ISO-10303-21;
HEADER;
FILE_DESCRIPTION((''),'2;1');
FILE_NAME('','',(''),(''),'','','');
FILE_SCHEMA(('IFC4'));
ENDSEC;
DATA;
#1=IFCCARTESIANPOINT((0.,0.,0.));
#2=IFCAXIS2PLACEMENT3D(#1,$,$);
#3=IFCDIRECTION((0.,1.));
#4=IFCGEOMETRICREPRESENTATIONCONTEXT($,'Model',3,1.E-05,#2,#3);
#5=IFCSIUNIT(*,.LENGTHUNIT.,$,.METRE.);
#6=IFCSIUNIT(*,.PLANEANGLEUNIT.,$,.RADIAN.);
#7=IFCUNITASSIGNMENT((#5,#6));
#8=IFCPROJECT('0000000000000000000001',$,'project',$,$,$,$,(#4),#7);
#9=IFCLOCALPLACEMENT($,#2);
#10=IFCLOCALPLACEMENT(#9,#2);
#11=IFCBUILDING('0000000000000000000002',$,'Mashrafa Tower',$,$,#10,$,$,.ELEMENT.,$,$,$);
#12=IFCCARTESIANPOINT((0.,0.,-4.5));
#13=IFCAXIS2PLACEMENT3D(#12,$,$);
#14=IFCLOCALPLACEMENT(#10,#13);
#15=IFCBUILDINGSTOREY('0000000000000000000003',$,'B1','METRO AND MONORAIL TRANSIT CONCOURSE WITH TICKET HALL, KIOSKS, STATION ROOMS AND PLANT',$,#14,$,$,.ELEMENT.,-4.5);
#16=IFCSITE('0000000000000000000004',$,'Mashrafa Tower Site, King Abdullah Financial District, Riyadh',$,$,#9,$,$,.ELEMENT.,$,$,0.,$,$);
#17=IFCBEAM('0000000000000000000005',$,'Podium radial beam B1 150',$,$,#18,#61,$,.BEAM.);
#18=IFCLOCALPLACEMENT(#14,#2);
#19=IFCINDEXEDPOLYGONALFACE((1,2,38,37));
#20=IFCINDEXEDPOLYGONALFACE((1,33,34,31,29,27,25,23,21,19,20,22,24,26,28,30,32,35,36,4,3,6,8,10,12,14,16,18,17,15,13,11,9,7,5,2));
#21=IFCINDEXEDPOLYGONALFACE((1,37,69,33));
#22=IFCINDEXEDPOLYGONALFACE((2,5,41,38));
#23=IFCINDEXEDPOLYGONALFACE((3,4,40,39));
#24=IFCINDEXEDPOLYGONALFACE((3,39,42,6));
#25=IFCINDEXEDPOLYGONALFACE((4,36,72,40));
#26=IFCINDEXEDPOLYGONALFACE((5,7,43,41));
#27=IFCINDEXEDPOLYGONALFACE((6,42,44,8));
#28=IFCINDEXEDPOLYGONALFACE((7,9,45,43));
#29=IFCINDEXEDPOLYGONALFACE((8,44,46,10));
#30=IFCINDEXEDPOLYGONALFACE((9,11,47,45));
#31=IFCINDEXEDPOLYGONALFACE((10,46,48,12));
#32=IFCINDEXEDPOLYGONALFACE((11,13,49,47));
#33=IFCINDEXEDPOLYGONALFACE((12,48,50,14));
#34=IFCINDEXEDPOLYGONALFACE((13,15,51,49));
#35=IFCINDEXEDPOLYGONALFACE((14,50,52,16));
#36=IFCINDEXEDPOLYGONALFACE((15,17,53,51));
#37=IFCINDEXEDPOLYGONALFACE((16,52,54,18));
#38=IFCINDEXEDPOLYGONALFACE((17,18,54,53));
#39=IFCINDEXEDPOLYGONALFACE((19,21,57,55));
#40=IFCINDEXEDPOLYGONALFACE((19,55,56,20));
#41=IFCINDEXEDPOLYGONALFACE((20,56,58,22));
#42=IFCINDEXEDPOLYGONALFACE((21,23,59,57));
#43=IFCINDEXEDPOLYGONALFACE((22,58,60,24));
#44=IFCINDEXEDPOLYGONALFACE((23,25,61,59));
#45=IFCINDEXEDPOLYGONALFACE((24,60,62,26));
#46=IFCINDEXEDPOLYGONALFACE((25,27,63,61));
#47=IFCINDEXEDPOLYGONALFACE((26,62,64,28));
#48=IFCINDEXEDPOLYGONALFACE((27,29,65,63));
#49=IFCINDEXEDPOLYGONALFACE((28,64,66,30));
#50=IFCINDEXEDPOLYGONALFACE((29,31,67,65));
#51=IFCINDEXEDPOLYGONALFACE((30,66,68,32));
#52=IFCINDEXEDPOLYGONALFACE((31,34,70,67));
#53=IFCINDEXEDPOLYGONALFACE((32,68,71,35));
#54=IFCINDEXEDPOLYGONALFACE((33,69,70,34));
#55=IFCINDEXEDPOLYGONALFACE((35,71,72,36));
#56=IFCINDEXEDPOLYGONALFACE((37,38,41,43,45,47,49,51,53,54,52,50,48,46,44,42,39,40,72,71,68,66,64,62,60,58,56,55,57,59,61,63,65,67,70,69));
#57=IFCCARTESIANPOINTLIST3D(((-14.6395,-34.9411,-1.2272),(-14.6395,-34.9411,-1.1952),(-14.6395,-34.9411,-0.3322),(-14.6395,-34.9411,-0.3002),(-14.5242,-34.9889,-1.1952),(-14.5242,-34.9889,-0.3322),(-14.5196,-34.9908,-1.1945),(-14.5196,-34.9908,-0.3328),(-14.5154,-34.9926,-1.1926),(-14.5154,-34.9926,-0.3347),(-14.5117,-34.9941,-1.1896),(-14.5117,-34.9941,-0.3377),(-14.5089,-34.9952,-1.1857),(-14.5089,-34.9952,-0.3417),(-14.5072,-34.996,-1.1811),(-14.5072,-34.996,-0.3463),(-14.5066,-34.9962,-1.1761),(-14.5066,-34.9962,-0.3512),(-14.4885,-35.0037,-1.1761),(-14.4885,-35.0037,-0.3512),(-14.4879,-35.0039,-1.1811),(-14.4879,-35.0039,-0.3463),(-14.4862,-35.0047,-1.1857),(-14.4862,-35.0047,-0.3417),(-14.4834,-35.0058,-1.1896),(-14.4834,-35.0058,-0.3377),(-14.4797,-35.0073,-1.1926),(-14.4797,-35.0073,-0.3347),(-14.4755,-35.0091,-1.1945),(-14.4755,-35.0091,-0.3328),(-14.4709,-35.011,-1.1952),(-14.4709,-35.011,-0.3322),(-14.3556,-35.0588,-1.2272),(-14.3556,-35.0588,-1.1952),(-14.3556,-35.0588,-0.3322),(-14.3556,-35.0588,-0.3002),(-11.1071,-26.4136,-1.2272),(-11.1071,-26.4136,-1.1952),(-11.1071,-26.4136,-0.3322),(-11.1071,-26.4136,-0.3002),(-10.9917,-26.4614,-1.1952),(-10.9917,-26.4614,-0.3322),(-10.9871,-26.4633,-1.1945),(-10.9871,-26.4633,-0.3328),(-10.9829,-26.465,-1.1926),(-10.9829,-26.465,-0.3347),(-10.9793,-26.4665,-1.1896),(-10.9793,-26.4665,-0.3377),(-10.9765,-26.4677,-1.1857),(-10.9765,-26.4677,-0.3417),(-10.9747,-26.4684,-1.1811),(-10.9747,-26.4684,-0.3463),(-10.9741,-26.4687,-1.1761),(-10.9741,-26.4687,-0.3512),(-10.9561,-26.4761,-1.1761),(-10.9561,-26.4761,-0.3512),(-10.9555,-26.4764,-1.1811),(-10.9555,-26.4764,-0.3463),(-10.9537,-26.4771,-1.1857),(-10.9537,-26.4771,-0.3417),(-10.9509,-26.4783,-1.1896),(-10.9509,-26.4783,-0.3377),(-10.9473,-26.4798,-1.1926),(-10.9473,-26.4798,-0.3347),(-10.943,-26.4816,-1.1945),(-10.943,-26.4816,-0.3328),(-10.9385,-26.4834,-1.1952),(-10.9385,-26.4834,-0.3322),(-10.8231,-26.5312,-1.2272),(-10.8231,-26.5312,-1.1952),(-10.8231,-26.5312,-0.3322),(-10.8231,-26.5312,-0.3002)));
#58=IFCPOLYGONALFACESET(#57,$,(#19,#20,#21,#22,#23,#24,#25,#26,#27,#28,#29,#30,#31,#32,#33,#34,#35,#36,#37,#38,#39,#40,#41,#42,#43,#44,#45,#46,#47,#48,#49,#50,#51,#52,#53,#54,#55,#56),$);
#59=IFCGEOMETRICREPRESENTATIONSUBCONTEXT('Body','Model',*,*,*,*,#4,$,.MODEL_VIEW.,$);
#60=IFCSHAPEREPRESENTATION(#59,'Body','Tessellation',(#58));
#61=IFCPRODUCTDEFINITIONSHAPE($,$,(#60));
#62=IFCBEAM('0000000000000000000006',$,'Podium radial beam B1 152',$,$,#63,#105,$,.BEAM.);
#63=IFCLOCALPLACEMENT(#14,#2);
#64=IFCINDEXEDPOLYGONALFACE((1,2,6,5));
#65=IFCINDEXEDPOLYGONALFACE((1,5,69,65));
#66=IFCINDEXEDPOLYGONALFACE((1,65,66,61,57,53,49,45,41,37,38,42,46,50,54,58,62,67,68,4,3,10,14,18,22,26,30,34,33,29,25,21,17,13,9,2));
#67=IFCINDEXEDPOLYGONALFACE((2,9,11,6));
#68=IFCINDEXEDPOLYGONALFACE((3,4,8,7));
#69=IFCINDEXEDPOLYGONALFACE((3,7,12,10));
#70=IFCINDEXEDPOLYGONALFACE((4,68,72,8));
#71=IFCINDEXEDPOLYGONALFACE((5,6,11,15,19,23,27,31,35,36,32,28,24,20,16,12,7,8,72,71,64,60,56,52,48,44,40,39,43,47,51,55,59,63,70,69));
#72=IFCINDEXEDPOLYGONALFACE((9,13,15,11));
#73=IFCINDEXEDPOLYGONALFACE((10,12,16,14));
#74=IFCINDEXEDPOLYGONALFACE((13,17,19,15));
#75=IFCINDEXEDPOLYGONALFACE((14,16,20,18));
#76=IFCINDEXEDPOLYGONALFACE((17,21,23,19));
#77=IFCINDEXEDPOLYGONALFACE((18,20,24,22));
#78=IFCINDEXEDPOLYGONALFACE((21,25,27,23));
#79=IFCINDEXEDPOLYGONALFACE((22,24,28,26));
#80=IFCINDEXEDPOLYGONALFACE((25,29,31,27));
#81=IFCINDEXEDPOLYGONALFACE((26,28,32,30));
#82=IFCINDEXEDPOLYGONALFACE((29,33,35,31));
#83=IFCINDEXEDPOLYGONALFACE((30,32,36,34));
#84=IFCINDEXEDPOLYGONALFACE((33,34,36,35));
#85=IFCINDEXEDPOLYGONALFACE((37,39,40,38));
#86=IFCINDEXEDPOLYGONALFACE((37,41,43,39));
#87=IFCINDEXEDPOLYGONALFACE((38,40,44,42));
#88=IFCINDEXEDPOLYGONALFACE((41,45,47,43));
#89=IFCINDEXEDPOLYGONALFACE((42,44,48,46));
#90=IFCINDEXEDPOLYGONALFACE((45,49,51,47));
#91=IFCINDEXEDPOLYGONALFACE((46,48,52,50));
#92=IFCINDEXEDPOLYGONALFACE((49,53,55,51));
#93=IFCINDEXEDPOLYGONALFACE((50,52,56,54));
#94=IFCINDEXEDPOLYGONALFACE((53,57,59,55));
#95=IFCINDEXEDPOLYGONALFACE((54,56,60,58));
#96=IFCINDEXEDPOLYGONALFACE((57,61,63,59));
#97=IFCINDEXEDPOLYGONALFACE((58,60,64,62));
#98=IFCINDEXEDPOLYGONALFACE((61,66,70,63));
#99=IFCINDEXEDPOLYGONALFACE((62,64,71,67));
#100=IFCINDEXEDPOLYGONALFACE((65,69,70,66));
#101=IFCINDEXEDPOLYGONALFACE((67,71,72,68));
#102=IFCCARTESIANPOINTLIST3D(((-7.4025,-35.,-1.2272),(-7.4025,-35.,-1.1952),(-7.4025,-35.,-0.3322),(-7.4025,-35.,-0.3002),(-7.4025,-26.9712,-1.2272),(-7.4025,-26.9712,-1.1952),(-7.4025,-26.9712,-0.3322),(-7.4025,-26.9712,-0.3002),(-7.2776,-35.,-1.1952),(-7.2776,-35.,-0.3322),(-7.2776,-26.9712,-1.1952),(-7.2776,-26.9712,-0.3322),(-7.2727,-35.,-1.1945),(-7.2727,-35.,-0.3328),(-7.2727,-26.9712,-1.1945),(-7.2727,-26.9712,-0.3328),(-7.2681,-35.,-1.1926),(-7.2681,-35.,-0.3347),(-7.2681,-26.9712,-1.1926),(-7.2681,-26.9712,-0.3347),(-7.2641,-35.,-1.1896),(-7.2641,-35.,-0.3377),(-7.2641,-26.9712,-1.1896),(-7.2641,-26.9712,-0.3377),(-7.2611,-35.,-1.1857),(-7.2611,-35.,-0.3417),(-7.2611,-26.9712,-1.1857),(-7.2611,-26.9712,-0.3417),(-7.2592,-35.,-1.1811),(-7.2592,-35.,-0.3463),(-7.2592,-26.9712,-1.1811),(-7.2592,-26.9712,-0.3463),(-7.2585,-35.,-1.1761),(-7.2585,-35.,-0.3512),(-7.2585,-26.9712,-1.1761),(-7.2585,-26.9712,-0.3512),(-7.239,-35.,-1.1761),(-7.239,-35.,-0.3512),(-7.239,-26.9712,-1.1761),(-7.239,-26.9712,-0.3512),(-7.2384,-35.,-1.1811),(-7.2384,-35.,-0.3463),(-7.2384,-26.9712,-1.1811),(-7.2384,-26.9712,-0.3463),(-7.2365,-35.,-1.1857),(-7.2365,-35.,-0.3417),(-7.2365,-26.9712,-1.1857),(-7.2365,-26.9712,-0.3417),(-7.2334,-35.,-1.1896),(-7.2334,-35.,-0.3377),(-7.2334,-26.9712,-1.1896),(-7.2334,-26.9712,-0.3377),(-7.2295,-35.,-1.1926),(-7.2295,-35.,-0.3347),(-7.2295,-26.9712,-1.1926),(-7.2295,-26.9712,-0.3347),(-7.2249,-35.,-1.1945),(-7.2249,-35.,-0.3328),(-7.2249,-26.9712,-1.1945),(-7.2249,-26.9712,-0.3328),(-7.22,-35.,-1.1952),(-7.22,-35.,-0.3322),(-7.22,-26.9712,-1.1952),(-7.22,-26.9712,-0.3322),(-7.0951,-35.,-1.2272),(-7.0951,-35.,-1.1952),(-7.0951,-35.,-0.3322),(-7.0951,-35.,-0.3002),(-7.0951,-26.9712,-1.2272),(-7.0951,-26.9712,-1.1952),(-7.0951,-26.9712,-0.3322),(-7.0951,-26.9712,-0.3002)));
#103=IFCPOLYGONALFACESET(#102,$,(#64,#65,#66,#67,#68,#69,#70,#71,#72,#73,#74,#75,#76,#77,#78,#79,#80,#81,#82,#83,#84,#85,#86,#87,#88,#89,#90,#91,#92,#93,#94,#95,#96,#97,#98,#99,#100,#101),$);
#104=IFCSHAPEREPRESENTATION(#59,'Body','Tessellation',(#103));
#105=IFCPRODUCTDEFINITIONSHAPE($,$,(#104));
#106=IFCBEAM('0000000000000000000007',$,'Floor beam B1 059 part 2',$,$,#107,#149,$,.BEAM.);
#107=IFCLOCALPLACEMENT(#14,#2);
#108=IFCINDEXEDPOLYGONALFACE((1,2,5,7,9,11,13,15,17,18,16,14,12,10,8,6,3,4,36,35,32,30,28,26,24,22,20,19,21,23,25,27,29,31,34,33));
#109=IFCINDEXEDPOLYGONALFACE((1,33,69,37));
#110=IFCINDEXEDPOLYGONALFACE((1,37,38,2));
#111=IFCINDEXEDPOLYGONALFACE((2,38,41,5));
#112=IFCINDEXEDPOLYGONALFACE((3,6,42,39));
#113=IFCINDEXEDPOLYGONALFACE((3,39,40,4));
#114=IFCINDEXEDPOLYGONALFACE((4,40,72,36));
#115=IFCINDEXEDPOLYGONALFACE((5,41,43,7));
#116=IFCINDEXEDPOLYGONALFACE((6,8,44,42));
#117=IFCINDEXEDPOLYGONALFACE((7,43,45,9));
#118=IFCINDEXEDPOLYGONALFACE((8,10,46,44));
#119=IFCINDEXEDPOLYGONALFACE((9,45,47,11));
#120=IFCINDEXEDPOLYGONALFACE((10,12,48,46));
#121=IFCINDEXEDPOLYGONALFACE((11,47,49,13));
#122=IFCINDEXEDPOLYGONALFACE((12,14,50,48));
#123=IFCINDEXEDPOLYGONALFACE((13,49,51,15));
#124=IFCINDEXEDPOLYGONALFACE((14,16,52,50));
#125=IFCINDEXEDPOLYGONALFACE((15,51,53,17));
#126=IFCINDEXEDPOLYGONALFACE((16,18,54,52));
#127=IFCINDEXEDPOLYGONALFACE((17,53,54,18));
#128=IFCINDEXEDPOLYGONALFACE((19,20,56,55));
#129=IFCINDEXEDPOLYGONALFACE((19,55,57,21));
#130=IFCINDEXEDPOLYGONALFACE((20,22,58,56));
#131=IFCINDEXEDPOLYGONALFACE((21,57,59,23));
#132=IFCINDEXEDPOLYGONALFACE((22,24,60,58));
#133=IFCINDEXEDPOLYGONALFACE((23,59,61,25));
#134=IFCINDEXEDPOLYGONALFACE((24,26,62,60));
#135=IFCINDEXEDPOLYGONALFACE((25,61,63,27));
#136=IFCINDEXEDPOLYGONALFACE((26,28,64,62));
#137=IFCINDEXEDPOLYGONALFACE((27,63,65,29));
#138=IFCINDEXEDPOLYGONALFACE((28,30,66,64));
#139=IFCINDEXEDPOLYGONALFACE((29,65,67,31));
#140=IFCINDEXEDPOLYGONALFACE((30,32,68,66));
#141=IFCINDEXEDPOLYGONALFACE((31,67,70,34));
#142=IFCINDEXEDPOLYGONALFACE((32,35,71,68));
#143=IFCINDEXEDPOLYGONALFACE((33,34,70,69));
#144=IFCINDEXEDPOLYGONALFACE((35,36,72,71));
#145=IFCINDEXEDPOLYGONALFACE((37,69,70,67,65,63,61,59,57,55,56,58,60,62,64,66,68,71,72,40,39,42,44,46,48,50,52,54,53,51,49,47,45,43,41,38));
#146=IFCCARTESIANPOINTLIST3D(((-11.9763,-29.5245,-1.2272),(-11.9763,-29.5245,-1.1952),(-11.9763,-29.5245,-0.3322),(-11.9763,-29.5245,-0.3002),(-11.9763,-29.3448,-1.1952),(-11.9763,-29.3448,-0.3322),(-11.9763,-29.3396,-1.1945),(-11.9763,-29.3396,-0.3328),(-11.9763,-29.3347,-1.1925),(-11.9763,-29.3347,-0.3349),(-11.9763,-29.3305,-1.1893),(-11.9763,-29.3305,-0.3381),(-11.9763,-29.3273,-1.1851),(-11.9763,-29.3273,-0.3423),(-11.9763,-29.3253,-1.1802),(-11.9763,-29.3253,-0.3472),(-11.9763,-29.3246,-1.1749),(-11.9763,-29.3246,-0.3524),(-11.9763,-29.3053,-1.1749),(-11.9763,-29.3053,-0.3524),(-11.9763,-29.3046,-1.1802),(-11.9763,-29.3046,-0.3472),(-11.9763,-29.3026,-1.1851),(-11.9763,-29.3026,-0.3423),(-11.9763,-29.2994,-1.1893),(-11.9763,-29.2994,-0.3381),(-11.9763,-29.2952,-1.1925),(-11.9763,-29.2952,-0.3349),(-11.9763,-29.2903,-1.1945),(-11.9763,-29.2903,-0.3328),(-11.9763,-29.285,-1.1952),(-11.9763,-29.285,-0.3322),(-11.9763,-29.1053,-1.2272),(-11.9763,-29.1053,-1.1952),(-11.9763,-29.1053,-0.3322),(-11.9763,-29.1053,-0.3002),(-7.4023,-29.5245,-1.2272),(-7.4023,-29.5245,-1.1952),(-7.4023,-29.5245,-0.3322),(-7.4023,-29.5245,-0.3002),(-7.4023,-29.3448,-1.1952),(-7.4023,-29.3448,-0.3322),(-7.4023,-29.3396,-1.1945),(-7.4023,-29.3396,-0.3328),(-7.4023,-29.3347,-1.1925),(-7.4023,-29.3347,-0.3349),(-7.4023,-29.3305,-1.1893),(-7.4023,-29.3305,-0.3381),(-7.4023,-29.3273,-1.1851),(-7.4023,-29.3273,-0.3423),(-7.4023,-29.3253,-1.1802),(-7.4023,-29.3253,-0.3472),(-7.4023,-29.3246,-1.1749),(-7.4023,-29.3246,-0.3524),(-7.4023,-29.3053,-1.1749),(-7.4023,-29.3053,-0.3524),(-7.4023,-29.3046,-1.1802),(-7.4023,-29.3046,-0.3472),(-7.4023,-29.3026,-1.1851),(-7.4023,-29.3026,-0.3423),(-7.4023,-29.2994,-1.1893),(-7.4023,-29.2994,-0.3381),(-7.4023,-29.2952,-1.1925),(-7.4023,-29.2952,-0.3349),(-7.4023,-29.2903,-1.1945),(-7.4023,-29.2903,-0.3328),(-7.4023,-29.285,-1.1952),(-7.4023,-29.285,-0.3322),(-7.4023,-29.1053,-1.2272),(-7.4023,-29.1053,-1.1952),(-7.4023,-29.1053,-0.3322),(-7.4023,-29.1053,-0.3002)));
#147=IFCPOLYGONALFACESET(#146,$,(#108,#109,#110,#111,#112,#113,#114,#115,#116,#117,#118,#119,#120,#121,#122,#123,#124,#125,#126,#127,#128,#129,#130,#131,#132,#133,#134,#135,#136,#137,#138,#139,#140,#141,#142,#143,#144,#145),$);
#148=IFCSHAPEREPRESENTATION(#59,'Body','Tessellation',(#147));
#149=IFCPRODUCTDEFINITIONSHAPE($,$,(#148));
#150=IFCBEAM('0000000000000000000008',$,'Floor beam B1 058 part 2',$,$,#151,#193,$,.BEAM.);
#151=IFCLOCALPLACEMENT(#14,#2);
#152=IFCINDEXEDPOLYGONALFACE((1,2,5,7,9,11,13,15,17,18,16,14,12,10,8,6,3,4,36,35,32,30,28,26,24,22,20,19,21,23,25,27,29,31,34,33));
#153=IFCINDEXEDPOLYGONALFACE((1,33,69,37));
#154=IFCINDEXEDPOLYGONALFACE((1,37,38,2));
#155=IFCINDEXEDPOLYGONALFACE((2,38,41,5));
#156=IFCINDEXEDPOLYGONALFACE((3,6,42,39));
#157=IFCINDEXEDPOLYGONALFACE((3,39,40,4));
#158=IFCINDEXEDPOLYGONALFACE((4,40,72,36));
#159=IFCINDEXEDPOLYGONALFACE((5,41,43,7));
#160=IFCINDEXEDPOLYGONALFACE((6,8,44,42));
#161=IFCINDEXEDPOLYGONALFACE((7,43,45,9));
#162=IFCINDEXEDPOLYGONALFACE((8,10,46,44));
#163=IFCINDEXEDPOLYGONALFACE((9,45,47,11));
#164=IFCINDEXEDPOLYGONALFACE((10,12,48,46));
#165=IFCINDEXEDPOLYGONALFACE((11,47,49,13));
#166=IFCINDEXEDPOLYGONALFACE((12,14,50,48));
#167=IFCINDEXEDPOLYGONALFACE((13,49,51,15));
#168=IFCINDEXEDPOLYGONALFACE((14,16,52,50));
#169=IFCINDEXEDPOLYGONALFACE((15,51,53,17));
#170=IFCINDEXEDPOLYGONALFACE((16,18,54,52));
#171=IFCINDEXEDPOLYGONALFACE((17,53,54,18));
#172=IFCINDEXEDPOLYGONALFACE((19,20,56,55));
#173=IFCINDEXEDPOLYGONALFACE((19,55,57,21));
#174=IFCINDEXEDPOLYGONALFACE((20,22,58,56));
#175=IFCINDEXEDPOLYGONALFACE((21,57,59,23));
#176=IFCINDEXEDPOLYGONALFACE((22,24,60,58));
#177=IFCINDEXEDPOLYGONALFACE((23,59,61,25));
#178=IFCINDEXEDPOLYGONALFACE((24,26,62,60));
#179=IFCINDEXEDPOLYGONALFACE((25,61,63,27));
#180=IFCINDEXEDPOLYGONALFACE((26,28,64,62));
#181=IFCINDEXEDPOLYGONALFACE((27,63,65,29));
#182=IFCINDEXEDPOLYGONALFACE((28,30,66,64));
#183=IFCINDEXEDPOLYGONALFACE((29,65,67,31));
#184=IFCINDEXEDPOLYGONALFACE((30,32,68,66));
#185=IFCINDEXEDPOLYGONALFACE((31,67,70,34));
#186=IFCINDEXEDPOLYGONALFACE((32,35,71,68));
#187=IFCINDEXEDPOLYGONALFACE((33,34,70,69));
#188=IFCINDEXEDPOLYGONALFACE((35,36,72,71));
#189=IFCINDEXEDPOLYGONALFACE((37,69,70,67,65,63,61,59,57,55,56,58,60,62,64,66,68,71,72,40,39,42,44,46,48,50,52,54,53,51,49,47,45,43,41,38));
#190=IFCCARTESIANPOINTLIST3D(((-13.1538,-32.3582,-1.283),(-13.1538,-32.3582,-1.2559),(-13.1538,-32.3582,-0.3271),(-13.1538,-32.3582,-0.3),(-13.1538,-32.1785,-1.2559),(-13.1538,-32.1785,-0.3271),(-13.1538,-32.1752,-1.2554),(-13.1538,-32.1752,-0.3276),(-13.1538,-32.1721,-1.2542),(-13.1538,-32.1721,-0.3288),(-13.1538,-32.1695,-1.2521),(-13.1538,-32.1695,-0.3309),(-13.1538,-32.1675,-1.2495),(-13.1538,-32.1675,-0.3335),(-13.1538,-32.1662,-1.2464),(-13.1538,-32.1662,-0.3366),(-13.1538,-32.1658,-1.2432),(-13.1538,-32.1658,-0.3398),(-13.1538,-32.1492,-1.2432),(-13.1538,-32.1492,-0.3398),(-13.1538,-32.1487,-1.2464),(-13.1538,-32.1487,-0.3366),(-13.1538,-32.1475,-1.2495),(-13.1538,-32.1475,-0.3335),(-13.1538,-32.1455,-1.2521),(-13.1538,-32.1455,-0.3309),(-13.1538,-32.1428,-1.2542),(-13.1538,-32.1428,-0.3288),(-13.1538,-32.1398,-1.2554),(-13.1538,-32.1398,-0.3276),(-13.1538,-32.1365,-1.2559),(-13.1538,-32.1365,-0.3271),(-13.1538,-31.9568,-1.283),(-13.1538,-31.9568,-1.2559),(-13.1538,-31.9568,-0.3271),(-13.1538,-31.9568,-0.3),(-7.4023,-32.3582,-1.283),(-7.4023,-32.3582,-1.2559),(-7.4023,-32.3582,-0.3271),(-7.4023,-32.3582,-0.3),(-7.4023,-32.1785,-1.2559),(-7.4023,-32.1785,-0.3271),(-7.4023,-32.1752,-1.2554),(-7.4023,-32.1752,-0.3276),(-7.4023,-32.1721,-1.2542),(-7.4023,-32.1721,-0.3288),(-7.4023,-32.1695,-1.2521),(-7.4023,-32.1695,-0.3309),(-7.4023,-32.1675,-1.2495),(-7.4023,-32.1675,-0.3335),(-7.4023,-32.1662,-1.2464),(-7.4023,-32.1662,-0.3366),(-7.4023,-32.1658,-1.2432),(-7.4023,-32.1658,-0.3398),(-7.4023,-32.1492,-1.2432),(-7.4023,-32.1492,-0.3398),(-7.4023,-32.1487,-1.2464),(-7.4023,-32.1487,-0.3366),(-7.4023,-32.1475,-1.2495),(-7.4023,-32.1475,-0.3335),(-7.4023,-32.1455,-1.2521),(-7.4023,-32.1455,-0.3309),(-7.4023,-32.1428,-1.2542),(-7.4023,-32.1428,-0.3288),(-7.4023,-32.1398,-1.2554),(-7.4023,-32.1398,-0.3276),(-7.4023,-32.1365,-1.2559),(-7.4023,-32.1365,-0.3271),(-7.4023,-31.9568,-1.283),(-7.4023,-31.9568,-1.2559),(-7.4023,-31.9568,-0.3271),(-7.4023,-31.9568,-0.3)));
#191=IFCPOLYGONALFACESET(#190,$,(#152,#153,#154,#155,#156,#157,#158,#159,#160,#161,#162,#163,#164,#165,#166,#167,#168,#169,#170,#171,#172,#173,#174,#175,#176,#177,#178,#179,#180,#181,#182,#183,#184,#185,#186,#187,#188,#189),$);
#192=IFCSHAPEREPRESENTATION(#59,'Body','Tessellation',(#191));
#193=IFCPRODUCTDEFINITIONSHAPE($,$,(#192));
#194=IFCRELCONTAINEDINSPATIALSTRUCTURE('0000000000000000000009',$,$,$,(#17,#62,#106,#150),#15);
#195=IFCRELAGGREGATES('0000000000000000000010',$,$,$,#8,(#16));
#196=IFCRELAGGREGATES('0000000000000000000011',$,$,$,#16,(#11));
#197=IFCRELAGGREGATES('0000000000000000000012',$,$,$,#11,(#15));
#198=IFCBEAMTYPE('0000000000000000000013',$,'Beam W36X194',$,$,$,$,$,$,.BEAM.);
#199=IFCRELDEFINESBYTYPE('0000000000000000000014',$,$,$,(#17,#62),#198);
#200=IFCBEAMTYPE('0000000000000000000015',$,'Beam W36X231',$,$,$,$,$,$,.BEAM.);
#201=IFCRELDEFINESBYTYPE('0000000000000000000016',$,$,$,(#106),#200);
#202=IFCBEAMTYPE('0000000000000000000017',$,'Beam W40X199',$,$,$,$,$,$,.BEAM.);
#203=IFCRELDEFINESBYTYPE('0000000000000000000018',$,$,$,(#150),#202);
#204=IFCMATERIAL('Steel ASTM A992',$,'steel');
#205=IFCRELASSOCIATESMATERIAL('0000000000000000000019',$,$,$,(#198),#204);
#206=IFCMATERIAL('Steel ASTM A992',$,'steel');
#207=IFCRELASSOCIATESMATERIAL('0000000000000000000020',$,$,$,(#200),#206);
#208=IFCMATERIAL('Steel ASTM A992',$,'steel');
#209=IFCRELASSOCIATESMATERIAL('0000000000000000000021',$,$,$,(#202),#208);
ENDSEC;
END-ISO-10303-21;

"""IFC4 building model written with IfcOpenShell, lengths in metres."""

from ifc_helpers import new_model, si_unit, direction, frame, origin, origin_2d, place, context, subcontext, project, spatial, i_section, extrude, material, material_profile, profile_set, type_object, element, save


model = new_model("IFC4")

# Units and contexts
model_context = context("Model", 3, precision=1e-05, world=origin(), true_north=direction((0.0, 1.0)))
body_context = subcontext(model_context, "Body", "Model", "MODEL_VIEW")
ifc_project = project(units=[si_unit("LENGTHUNIT", "METRE"), si_unit("PLANEANGLEUNIT", "RADIAN")], contexts=[model_context])

# Site, building, storey
site_placement = place(None, origin())
site = spatial("IfcSite", under=ifc_project, at=site_placement, Name="Mashrafa Tower Site, King Abdullah Financial District, Riyadh", CompositionType="ELEMENT", RefElevation=0.0)
building_placement = place(site_placement, origin())
building = spatial("IfcBuilding", under=site, at=building_placement, Name="Mashrafa Tower", CompositionType="ELEMENT")
storey_placement = place(building_placement, frame((0.0, 0.0, -4.5)))
storey = spatial("IfcBuildingStorey", under=building, at=storey_placement, Name="B1", Description="METRO AND MONORAIL TRANSIT CONCOURSE WITH TICKET HALL, KIOSKS, STATION ROOMS AND PLANT", CompositionType="ELEMENT", Elevation=-4.5)

# Beams
ifc_material_1 = material(Name="Steel ASTM A992", Category="steel")
ifc_material_profile_1 = material_profile(ifc_material_1, i_section(OverallWidth=0.3074, OverallDepth=0.927, WebThickness=0.0195, FlangeThickness=0.032, FilletRadius=0.019, at=origin_2d()), Name="W36X194")
ifc_profile_set_1 = profile_set([ifc_material_profile_1], Name="Steel ASTM A992")
beam_type_1 = type_object("IfcBeamType", Name="Beam W36X194", PredefinedType="BEAM", material=ifc_profile_set_1)
beam_1_placement = place(storey_placement, frame((-10.9651, -26.4724, -0.7637), z_axis=(-0.382705, -0.923871, 0.0), x_axis=(0.923871, -0.382705, 0.0)))
element("IfcBeam", 1, at=beam_1_placement, inside=storey, type_object=beam_type_1, Name="Podium radial beam B1 150", PredefinedType="BEAM", context=body_context, shape_type="SweptSolid", body=[
    extrude(i_section(OverallWidth=0.3074, OverallDepth=0.927, WebThickness=0.0195, FlangeThickness=0.032, FilletRadius=0.019, at=origin_2d()), origin(), (0.0, 0.0, 1.0), 9.2302),
])
beam_2_placement = place(storey_placement, frame((-7.2488, -26.9712, -0.7637), z_axis=(0.0, -1.0, 0.0), x_axis=(1.0, 0.0, 0.0)))
element("IfcBeam", 2, at=beam_2_placement, inside=storey, type_object=beam_type_1, Name="Podium radial beam B1 152", PredefinedType="BEAM", context=body_context, shape_type="SweptSolid", body=[
    extrude(i_section(OverallWidth=0.3074, OverallDepth=0.927, WebThickness=0.0195, FlangeThickness=0.032, FilletRadius=0.019, at=origin_2d()), origin(), (0.0, 0.0, 1.0), 8.0288),
])
ifc_material_2 = material(Name="Steel ASTM A992", Category="steel")
ifc_material_profile_2 = material_profile(ifc_material_2, i_section(OverallWidth=0.4192, OverallDepth=0.927, WebThickness=0.0193, FlangeThickness=0.032, FilletRadius=0.0203, at=origin_2d()), Name="W36X231")
ifc_profile_set_2 = profile_set([ifc_material_profile_2], Name="Steel ASTM A992")
beam_type_2 = type_object("IfcBeamType", Name="Beam W36X231", PredefinedType="BEAM", material=ifc_profile_set_2)
beam_3_placement = place(storey_placement, frame((-7.4023, -29.3149, -0.7637), z_axis=(-1.0, 0.0, 0.0), x_axis=(0.0, -1.0, 0.0)))
element("IfcBeam", 3, at=beam_3_placement, inside=storey, type_object=beam_type_2, Name="Floor beam B1 059 part 2", PredefinedType="BEAM", context=body_context, shape_type="SweptSolid", body=[
    extrude(i_section(OverallWidth=0.4192, OverallDepth=0.927, WebThickness=0.0193, FlangeThickness=0.032, FilletRadius=0.0203, at=origin_2d()), origin(), (0.0, 0.0, 1.0), 4.574),
])
ifc_material_3 = material(Name="Steel ASTM A992", Category="steel")
ifc_material_profile_3 = material_profile(ifc_material_3, i_section(OverallWidth=0.4014, OverallDepth=0.9829, WebThickness=0.0166, FlangeThickness=0.0271, FilletRadius=0.0127, at=origin_2d()), Name="W40X199")
ifc_profile_set_3 = profile_set([ifc_material_profile_3], Name="Steel ASTM A992")
beam_type_3 = type_object("IfcBeamType", Name="Beam W40X199", PredefinedType="BEAM", material=ifc_profile_set_3)
beam_4_placement = place(storey_placement, frame((-7.4023, -32.1575, -0.7915), z_axis=(-1.0, 0.0, 0.0), x_axis=(0.0, -1.0, 0.0)))
element("IfcBeam", 4, at=beam_4_placement, inside=storey, type_object=beam_type_3, Name="Floor beam B1 058 part 2", PredefinedType="BEAM", context=body_context, shape_type="SweptSolid", body=[
    extrude(i_section(OverallWidth=0.4014, OverallDepth=0.9829, WebThickness=0.0166, FlangeThickness=0.0271, FilletRadius=0.0127, at=origin_2d()), origin(), (0.0, 0.0, 1.0), 5.7515),
])

save(model, "model.ifc")
